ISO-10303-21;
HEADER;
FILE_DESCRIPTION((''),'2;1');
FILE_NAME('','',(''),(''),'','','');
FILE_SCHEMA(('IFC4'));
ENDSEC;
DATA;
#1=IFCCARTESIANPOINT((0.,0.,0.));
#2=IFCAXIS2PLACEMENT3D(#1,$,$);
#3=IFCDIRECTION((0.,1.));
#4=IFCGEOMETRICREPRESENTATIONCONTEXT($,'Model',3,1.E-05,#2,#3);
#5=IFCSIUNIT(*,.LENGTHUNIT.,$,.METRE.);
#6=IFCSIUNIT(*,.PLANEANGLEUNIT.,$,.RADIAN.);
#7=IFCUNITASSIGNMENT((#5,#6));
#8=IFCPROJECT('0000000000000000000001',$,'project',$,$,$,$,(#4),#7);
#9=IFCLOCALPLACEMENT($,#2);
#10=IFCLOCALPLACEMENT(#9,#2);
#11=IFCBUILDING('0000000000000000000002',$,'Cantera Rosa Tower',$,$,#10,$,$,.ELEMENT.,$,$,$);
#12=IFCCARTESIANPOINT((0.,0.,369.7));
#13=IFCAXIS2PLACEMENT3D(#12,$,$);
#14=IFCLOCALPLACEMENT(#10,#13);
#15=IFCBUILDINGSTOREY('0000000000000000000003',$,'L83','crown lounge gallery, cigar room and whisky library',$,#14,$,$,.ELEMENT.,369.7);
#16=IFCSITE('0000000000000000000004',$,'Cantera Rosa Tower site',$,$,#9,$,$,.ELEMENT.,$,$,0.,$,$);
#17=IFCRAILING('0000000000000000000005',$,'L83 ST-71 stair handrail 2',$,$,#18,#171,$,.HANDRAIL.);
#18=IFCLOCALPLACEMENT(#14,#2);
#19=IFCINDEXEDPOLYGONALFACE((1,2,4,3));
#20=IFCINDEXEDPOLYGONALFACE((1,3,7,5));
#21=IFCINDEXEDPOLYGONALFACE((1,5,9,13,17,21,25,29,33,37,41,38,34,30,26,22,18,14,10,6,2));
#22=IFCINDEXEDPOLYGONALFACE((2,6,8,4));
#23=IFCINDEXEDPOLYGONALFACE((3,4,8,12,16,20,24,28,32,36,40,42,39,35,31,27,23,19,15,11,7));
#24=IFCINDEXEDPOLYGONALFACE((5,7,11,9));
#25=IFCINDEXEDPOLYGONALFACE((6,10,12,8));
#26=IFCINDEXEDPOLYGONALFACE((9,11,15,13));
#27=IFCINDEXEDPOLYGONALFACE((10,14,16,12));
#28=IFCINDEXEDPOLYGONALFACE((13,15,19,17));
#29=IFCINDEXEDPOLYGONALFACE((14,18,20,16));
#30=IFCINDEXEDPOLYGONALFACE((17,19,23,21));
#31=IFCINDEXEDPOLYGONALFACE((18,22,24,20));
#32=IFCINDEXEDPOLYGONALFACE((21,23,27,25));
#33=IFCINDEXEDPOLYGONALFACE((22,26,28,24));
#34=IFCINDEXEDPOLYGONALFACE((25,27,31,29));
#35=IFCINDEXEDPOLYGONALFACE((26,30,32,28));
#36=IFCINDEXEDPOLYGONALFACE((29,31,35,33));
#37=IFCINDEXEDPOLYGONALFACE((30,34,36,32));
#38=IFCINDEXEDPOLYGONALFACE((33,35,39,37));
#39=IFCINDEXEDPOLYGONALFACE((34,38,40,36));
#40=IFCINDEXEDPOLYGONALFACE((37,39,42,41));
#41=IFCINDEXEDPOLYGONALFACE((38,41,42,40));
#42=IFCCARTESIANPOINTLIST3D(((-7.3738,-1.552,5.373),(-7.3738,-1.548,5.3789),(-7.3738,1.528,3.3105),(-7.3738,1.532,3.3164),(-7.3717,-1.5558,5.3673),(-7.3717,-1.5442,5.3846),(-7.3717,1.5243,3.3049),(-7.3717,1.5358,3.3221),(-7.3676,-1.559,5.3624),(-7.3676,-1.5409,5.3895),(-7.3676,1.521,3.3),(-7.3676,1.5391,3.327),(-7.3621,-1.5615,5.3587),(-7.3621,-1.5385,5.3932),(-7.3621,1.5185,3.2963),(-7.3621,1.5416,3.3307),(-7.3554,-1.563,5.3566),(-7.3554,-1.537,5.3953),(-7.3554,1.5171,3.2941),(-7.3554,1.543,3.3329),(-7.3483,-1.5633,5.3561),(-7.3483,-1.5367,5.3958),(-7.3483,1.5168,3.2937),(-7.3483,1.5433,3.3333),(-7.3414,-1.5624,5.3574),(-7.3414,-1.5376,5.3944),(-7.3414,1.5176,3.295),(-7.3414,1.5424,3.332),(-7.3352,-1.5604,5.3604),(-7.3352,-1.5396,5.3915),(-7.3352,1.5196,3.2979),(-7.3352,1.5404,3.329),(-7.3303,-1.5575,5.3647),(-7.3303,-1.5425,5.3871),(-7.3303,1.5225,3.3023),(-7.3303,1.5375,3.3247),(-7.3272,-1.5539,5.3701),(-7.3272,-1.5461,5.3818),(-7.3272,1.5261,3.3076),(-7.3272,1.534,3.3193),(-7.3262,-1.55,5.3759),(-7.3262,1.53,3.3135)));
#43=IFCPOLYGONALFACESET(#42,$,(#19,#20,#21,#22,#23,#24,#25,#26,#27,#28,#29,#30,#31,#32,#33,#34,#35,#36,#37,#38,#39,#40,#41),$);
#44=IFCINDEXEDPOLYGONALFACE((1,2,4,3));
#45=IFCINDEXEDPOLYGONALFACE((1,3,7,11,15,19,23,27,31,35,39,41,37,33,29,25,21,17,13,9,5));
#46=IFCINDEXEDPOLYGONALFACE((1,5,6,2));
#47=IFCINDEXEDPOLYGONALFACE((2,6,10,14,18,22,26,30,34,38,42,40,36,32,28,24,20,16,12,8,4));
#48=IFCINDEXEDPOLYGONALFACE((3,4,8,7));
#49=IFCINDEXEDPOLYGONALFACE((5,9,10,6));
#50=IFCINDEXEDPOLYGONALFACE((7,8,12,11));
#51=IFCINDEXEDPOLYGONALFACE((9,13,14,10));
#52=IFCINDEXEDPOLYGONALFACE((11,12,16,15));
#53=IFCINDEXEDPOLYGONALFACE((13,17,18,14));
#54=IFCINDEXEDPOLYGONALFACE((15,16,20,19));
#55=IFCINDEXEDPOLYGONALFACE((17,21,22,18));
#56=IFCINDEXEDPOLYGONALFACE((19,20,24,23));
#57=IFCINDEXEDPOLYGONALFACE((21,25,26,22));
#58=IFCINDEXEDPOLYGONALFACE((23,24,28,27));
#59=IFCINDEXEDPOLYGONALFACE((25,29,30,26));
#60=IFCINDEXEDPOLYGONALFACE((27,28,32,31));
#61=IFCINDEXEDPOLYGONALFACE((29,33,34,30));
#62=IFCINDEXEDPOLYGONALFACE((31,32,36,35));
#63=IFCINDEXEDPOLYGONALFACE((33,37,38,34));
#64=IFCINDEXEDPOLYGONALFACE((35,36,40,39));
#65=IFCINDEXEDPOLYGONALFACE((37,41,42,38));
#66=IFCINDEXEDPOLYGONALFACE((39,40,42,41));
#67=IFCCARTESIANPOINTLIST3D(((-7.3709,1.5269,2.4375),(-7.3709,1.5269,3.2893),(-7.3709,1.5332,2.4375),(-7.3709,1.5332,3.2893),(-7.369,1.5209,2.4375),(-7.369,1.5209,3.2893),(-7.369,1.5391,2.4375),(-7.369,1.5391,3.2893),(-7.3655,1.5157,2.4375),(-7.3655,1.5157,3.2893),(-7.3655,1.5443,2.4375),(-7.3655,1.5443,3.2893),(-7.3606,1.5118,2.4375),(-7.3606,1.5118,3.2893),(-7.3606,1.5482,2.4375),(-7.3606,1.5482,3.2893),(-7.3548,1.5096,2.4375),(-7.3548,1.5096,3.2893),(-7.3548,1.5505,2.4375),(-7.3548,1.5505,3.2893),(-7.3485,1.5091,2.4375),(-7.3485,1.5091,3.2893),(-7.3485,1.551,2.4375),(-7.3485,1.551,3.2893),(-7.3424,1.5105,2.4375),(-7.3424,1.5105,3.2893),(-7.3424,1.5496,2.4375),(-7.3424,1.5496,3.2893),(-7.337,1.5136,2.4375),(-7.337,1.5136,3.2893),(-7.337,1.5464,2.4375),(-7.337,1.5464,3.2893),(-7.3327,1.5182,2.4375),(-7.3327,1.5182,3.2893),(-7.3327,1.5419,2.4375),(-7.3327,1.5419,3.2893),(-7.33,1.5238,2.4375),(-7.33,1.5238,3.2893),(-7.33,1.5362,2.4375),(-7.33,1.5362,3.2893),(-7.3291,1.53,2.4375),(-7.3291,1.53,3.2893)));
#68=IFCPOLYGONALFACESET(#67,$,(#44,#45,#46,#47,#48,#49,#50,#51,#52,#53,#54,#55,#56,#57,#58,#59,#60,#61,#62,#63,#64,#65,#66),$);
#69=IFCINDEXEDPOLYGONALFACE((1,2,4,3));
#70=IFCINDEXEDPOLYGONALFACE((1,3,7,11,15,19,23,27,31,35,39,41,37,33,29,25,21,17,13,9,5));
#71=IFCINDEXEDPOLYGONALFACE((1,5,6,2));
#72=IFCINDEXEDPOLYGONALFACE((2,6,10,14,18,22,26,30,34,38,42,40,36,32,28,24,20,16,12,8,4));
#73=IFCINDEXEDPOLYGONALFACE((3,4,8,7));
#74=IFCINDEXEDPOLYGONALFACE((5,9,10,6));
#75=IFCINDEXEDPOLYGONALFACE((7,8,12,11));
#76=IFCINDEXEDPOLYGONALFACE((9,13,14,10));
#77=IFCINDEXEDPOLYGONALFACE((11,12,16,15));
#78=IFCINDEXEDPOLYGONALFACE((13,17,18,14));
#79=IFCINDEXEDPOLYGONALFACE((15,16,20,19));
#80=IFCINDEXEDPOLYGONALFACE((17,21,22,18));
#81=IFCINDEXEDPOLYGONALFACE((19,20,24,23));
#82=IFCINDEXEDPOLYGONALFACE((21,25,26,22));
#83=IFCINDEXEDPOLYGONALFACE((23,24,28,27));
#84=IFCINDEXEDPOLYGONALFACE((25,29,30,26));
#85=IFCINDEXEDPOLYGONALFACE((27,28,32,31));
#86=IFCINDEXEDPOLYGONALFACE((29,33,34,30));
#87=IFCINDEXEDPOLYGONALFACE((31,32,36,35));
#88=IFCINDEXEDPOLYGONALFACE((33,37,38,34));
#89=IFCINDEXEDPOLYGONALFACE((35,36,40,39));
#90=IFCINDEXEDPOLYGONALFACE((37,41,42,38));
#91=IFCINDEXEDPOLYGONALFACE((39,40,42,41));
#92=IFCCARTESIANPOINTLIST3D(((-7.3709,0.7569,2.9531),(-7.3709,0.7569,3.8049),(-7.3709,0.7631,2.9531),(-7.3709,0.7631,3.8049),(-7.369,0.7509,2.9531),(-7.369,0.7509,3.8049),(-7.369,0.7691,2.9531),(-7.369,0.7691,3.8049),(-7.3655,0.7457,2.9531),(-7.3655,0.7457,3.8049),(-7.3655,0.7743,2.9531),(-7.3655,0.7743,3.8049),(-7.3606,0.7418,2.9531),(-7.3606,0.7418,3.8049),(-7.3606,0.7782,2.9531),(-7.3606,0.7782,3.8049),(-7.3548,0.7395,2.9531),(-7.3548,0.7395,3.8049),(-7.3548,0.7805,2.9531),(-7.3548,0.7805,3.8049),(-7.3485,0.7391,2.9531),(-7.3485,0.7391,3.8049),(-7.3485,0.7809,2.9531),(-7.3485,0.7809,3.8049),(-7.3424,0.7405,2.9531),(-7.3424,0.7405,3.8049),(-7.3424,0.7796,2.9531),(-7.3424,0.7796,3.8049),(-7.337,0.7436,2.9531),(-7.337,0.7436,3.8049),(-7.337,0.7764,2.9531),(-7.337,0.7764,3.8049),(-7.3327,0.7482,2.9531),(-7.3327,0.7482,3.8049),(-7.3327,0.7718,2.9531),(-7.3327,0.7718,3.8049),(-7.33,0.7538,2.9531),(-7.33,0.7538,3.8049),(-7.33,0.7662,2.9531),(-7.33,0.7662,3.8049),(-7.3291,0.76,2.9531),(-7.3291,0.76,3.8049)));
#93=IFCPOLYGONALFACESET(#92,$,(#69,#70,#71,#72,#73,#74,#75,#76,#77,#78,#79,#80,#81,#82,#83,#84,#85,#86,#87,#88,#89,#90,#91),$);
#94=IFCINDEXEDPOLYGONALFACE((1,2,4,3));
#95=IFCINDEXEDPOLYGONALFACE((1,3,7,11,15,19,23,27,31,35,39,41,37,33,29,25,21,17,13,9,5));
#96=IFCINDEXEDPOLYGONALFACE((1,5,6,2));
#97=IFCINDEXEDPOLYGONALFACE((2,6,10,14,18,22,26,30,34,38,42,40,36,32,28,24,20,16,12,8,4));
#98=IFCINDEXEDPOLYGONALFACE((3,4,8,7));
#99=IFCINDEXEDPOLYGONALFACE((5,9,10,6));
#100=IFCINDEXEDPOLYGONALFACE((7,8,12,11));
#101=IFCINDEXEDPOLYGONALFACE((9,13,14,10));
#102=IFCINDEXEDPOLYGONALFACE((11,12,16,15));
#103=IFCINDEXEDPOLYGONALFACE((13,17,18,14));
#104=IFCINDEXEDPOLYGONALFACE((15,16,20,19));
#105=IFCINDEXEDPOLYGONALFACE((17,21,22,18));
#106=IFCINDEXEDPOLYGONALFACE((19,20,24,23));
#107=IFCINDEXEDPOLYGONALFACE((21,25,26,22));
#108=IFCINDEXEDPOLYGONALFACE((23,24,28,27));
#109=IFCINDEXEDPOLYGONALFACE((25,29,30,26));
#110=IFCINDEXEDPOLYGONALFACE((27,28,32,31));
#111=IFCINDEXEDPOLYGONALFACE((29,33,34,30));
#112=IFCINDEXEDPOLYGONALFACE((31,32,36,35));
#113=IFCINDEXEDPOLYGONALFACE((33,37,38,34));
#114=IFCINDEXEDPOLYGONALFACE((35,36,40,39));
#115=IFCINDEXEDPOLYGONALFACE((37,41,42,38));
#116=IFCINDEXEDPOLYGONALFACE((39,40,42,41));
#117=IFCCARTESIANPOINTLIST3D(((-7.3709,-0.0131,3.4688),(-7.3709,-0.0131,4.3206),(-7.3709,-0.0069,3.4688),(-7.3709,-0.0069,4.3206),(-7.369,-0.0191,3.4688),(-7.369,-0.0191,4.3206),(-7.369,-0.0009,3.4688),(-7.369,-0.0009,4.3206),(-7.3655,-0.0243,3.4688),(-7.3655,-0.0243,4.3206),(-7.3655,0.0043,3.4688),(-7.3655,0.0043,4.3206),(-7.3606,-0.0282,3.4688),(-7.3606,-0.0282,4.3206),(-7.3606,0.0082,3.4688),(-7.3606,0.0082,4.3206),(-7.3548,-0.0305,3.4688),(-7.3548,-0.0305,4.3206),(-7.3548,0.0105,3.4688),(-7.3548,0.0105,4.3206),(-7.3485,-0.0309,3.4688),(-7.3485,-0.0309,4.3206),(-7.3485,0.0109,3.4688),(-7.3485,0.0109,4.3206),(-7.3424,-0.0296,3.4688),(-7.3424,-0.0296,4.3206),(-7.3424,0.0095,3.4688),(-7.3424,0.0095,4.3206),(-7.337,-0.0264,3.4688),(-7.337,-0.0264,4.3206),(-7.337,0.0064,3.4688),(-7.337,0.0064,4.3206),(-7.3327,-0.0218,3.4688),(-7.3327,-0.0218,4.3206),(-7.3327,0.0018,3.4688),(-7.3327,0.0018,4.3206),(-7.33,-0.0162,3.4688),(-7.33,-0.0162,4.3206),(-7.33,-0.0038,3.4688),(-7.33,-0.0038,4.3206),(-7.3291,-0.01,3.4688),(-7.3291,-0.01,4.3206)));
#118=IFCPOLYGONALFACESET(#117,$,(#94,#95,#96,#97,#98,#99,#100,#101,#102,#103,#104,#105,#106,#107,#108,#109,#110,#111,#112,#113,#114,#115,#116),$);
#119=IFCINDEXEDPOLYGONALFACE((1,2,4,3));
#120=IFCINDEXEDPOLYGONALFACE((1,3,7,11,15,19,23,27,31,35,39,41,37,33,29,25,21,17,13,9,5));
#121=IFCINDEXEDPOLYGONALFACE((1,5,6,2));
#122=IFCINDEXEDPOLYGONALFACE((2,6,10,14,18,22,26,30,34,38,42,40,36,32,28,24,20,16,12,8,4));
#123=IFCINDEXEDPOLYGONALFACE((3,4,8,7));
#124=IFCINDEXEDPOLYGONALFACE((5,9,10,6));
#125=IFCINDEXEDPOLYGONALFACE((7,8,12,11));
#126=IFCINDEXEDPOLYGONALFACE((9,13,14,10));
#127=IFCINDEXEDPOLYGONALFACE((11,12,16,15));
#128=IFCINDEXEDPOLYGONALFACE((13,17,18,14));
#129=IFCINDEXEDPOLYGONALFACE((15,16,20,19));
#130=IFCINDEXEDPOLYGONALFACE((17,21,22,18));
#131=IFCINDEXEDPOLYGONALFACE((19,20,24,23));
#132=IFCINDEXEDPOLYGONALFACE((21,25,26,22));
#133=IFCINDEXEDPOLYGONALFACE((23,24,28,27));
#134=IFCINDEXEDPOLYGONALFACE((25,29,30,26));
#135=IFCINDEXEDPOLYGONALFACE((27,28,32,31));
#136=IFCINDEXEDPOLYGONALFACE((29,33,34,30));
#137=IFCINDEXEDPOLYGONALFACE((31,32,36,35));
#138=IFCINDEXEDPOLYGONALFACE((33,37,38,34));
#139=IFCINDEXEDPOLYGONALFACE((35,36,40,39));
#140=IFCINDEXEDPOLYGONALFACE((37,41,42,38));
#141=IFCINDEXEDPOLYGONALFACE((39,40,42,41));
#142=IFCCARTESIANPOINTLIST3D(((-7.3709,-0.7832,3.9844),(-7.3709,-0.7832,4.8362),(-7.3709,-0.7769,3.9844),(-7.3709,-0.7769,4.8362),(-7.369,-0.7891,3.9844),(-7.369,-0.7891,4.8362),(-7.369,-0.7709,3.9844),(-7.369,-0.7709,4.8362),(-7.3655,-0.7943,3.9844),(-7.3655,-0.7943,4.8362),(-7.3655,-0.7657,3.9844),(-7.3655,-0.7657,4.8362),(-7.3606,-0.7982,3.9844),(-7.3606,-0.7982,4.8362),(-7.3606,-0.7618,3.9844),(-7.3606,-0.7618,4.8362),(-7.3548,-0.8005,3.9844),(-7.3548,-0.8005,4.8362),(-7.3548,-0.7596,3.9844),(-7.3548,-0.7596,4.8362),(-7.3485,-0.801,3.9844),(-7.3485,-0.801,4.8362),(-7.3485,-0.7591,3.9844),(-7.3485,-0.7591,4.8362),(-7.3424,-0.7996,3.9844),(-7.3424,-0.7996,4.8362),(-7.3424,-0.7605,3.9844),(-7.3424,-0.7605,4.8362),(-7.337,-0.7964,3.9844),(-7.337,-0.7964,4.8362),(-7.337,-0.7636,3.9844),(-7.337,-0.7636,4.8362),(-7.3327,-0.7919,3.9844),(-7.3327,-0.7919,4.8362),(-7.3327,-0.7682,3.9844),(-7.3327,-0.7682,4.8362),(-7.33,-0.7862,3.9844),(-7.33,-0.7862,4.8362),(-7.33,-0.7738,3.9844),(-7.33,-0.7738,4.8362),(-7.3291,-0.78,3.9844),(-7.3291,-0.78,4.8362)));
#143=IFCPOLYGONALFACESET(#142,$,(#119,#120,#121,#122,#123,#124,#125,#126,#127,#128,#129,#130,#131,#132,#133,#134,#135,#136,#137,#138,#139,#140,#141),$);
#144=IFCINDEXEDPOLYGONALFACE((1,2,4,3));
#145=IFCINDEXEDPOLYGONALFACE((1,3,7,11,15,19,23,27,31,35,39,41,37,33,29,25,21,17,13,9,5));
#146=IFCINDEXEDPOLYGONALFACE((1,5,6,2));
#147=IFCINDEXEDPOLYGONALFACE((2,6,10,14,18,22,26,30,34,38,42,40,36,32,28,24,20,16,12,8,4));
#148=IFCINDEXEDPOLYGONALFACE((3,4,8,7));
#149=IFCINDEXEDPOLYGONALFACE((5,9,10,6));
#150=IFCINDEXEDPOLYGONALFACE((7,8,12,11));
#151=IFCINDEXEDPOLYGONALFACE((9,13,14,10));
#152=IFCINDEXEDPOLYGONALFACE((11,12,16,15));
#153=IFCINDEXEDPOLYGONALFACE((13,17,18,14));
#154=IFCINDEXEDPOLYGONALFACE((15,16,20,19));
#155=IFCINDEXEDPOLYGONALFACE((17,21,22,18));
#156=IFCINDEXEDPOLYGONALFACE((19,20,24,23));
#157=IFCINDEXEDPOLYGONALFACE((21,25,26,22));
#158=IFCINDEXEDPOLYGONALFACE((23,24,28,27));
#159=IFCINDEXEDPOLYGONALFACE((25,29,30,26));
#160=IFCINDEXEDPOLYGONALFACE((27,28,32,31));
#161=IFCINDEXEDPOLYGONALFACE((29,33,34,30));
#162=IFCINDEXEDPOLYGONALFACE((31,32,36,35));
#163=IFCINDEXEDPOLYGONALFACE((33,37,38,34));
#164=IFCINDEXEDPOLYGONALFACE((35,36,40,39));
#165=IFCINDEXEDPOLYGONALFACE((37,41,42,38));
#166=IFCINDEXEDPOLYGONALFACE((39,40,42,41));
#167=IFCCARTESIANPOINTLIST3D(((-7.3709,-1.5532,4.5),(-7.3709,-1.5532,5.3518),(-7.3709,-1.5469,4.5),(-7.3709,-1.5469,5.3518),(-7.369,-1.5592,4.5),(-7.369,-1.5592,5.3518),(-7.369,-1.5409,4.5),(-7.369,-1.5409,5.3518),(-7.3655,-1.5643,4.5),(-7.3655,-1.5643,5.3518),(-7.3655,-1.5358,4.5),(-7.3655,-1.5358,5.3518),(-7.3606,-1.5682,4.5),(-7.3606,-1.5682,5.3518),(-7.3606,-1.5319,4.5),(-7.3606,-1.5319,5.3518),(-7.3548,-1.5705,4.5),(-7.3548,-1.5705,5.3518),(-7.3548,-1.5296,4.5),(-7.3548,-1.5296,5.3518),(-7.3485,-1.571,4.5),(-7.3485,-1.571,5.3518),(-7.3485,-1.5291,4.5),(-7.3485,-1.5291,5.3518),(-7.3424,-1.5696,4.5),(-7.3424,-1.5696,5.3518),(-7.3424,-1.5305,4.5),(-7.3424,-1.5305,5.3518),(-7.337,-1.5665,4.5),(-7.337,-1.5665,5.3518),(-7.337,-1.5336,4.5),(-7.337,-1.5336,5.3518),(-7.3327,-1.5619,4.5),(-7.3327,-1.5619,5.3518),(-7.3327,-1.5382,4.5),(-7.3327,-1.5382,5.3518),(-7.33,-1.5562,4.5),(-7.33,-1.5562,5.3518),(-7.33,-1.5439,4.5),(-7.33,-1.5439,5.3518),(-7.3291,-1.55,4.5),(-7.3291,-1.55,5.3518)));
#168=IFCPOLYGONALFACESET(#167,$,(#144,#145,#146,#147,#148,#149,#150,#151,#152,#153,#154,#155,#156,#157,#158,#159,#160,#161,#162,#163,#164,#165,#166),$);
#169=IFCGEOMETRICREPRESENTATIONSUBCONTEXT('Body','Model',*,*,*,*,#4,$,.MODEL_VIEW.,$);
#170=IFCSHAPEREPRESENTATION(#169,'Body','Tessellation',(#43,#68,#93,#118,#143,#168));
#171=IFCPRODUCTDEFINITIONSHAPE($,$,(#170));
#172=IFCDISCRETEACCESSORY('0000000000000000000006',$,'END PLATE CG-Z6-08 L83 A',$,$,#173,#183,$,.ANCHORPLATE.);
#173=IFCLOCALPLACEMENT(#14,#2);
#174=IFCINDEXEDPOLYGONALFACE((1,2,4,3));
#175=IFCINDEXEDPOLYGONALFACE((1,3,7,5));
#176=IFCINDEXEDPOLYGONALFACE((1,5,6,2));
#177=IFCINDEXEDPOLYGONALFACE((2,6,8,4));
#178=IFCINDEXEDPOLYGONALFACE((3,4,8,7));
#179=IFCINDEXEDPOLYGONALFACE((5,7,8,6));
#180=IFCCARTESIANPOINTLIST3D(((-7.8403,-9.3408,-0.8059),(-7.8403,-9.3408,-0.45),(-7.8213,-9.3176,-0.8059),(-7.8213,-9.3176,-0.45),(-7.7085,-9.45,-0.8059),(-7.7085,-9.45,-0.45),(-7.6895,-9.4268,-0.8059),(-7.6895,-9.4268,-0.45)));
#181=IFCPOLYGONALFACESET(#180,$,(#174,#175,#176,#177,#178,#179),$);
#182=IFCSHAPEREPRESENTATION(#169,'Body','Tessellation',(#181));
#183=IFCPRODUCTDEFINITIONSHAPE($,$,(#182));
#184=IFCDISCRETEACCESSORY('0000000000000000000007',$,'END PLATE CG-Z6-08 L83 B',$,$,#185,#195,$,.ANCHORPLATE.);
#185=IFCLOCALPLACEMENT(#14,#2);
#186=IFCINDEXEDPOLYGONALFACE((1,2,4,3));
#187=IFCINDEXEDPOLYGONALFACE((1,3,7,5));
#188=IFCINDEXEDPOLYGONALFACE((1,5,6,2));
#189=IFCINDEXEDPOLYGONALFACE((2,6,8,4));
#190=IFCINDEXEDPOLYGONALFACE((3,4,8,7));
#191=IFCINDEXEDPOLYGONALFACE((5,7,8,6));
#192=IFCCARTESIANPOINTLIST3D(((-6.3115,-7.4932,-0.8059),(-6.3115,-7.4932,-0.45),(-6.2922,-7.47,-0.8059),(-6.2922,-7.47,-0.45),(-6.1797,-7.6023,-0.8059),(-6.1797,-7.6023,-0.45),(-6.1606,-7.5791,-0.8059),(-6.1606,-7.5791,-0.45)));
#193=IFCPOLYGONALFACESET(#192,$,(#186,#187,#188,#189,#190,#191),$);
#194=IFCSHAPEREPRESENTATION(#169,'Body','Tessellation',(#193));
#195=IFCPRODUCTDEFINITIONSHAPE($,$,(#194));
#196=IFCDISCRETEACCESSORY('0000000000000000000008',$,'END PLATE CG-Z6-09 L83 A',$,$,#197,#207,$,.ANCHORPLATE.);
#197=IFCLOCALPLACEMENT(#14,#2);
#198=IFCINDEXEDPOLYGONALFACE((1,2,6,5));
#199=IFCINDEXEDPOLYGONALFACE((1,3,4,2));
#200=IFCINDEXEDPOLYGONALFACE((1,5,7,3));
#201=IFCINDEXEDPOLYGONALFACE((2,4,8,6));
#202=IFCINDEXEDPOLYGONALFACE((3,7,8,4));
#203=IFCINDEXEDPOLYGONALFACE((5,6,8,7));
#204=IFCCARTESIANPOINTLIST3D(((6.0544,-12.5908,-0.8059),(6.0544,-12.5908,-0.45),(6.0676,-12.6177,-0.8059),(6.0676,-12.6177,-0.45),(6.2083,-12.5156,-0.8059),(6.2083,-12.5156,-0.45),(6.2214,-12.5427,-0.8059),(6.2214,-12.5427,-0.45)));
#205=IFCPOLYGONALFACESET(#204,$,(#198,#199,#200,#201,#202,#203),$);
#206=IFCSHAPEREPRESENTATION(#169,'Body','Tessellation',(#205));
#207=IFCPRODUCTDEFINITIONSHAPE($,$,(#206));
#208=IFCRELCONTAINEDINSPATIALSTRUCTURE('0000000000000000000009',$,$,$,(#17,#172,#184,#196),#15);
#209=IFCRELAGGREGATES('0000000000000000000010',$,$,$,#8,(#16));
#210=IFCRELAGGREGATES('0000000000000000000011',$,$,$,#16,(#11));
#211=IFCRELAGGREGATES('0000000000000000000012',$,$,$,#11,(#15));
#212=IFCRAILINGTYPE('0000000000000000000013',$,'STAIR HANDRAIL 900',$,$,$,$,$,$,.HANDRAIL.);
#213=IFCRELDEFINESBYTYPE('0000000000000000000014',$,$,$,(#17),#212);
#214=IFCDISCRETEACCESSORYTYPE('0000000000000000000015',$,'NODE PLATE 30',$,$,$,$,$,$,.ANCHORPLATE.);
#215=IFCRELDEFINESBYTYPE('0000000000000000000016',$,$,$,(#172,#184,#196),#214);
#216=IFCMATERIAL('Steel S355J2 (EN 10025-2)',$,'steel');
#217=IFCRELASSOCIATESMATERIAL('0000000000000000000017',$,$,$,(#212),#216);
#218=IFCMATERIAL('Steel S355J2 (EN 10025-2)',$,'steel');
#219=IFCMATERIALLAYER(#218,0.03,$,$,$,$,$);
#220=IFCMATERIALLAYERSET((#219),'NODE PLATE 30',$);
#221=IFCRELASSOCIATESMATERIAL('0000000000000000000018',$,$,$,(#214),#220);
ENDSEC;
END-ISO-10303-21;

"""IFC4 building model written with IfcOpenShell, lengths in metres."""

from ifc_helpers import new_model, si_unit, direction, frame, origin, origin_2d, place, context, subcontext, project, spatial, polyline, circle, outline, extrude, material, layer, layer_set, type_object, element, save


model = new_model("IFC4")

# Units and contexts
model_context = context("Model", 3, precision=1e-05, world=origin(), true_north=direction((0.0, 1.0)))
body_context = subcontext(model_context, "Body", "Model", "MODEL_VIEW")
ifc_project = project(units=[si_unit("LENGTHUNIT", "METRE"), si_unit("PLANEANGLEUNIT", "RADIAN")], contexts=[model_context])

# Site, building, storey
site_placement = place(None, origin())
site = spatial("IfcSite", under=ifc_project, at=site_placement, Name="Cantera Rosa Tower site", CompositionType="ELEMENT", RefElevation=0.0)
building_placement = place(site_placement, origin())
building = spatial("IfcBuilding", under=site, at=building_placement, Name="Cantera Rosa Tower", CompositionType="ELEMENT")
storey_placement = place(building_placement, frame((0.0, 0.0, 369.7)))
storey = spatial("IfcBuildingStorey", under=building, at=storey_placement, Name="L83", Description="crown lounge gallery, cigar room and whisky library", CompositionType="ELEMENT", Elevation=369.7)

# Railing
ifc_material_1 = material(Name="Steel S355J2 (EN 10025-2)", Category="steel")
railing_type_1 = type_object("IfcRailingType", Name="STAIR HANDRAIL 900", PredefinedType="HANDRAIL", material=ifc_material_1)
railing_1_placement = place(storey_placement, frame((-7.3501, 1.53, 2.4375)))
element("IfcRailing", 1, at=railing_1_placement, inside=storey, type_object=railing_type_1, Name="L83 ST-71 stair handrail 2", PredefinedType="HANDRAIL", context=body_context, shape_type="SweptSolid", body=[
    extrude(circle(Radius=0.0239, at=origin_2d()), frame((0.0, 0.0, 0.876), z_axis=(0.0, -0.830914, 0.556401), x_axis=(1.0, 0.0, 0.0)), (0.0, 0.0, 1.0), 3.7068),
    extrude(circle(Radius=0.021, at=origin_2d()), origin(), (0.0, 0.0, 1.0), 0.8518),
    extrude(circle(Radius=0.021, at=origin_2d()), frame((0.0, -0.77, 0.5156)), (0.0, 0.0, 1.0), 0.8518),
    extrude(circle(Radius=0.021, at=origin_2d()), frame((0.0, -1.54, 1.0312)), (0.0, 0.0, 1.0), 0.8518),
    extrude(circle(Radius=0.021, at=origin_2d()), frame((0.0, -2.3101, 1.5469)), (0.0, 0.0, 1.0), 0.8518),
    extrude(circle(Radius=0.021, at=origin_2d()), frame((0.0, -3.0801, 2.0625)), (0.0, 0.0, 1.0), 0.8518),
])

# Discrete accessories
ifc_material_2 = material(Name="Steel S355J2 (EN 10025-2)", Category="steel")
ifc_layer_1 = layer(ifc_material_2, 0.03)
ifc_layer_set_1 = layer_set([ifc_layer_1], Name="NODE PLATE 30")
discrete_accessory_type = type_object("IfcDiscreteAccessoryType", Name="NODE PLATE 30", PredefinedType="ANCHORPLATE", material=ifc_layer_set_1)
discrete_accessory_1_placement = place(storey_placement, frame((0.0, 0.0, -0.8059)))
element("IfcDiscreteAccessory", 2, at=discrete_accessory_1_placement, inside=storey, type_object=discrete_accessory_type, Name="END PLATE CG-Z6-08 L83 A", PredefinedType="ANCHORPLATE", context=body_context, shape_type="SweptSolid", body=[
    extrude(outline(polyline([(-7.6895, -9.4268), (-7.7085, -9.45), (-7.8403, -9.3408), (-7.8213, -9.3176), (-7.6895, -9.4268)])), origin(), (0.0, 0.0, 1.0), 0.356),
])
discrete_accessory_2_placement = place(storey_placement, frame((0.0, 0.0, -0.8059)))
element("IfcDiscreteAccessory", 3, at=discrete_accessory_2_placement, inside=storey, type_object=discrete_accessory_type, Name="END PLATE CG-Z6-08 L83 B", PredefinedType="ANCHORPLATE", context=body_context, shape_type="SweptSolid", body=[
    extrude(outline(polyline([(-6.3115, -7.4932), (-6.2922, -7.47), (-6.1606, -7.5791), (-6.1797, -7.6023), (-6.3115, -7.4932)])), origin(), (0.0, 0.0, 1.0), 0.356),
])
discrete_accessory_3_placement = place(storey_placement, frame((0.0, 0.0, -0.8059)))
element("IfcDiscreteAccessory", 4, at=discrete_accessory_3_placement, inside=storey, type_object=discrete_accessory_type, Name="END PLATE CG-Z6-09 L83 A", PredefinedType="ANCHORPLATE", context=body_context, shape_type="SweptSolid", body=[
    extrude(outline(polyline([(6.2083, -12.5156), (6.2214, -12.5427), (6.0676, -12.6177), (6.0544, -12.5908), (6.2083, -12.5156)])), origin(), (0.0, 0.0, 1.0), 0.356),
])

save(model, "model.ifc")
